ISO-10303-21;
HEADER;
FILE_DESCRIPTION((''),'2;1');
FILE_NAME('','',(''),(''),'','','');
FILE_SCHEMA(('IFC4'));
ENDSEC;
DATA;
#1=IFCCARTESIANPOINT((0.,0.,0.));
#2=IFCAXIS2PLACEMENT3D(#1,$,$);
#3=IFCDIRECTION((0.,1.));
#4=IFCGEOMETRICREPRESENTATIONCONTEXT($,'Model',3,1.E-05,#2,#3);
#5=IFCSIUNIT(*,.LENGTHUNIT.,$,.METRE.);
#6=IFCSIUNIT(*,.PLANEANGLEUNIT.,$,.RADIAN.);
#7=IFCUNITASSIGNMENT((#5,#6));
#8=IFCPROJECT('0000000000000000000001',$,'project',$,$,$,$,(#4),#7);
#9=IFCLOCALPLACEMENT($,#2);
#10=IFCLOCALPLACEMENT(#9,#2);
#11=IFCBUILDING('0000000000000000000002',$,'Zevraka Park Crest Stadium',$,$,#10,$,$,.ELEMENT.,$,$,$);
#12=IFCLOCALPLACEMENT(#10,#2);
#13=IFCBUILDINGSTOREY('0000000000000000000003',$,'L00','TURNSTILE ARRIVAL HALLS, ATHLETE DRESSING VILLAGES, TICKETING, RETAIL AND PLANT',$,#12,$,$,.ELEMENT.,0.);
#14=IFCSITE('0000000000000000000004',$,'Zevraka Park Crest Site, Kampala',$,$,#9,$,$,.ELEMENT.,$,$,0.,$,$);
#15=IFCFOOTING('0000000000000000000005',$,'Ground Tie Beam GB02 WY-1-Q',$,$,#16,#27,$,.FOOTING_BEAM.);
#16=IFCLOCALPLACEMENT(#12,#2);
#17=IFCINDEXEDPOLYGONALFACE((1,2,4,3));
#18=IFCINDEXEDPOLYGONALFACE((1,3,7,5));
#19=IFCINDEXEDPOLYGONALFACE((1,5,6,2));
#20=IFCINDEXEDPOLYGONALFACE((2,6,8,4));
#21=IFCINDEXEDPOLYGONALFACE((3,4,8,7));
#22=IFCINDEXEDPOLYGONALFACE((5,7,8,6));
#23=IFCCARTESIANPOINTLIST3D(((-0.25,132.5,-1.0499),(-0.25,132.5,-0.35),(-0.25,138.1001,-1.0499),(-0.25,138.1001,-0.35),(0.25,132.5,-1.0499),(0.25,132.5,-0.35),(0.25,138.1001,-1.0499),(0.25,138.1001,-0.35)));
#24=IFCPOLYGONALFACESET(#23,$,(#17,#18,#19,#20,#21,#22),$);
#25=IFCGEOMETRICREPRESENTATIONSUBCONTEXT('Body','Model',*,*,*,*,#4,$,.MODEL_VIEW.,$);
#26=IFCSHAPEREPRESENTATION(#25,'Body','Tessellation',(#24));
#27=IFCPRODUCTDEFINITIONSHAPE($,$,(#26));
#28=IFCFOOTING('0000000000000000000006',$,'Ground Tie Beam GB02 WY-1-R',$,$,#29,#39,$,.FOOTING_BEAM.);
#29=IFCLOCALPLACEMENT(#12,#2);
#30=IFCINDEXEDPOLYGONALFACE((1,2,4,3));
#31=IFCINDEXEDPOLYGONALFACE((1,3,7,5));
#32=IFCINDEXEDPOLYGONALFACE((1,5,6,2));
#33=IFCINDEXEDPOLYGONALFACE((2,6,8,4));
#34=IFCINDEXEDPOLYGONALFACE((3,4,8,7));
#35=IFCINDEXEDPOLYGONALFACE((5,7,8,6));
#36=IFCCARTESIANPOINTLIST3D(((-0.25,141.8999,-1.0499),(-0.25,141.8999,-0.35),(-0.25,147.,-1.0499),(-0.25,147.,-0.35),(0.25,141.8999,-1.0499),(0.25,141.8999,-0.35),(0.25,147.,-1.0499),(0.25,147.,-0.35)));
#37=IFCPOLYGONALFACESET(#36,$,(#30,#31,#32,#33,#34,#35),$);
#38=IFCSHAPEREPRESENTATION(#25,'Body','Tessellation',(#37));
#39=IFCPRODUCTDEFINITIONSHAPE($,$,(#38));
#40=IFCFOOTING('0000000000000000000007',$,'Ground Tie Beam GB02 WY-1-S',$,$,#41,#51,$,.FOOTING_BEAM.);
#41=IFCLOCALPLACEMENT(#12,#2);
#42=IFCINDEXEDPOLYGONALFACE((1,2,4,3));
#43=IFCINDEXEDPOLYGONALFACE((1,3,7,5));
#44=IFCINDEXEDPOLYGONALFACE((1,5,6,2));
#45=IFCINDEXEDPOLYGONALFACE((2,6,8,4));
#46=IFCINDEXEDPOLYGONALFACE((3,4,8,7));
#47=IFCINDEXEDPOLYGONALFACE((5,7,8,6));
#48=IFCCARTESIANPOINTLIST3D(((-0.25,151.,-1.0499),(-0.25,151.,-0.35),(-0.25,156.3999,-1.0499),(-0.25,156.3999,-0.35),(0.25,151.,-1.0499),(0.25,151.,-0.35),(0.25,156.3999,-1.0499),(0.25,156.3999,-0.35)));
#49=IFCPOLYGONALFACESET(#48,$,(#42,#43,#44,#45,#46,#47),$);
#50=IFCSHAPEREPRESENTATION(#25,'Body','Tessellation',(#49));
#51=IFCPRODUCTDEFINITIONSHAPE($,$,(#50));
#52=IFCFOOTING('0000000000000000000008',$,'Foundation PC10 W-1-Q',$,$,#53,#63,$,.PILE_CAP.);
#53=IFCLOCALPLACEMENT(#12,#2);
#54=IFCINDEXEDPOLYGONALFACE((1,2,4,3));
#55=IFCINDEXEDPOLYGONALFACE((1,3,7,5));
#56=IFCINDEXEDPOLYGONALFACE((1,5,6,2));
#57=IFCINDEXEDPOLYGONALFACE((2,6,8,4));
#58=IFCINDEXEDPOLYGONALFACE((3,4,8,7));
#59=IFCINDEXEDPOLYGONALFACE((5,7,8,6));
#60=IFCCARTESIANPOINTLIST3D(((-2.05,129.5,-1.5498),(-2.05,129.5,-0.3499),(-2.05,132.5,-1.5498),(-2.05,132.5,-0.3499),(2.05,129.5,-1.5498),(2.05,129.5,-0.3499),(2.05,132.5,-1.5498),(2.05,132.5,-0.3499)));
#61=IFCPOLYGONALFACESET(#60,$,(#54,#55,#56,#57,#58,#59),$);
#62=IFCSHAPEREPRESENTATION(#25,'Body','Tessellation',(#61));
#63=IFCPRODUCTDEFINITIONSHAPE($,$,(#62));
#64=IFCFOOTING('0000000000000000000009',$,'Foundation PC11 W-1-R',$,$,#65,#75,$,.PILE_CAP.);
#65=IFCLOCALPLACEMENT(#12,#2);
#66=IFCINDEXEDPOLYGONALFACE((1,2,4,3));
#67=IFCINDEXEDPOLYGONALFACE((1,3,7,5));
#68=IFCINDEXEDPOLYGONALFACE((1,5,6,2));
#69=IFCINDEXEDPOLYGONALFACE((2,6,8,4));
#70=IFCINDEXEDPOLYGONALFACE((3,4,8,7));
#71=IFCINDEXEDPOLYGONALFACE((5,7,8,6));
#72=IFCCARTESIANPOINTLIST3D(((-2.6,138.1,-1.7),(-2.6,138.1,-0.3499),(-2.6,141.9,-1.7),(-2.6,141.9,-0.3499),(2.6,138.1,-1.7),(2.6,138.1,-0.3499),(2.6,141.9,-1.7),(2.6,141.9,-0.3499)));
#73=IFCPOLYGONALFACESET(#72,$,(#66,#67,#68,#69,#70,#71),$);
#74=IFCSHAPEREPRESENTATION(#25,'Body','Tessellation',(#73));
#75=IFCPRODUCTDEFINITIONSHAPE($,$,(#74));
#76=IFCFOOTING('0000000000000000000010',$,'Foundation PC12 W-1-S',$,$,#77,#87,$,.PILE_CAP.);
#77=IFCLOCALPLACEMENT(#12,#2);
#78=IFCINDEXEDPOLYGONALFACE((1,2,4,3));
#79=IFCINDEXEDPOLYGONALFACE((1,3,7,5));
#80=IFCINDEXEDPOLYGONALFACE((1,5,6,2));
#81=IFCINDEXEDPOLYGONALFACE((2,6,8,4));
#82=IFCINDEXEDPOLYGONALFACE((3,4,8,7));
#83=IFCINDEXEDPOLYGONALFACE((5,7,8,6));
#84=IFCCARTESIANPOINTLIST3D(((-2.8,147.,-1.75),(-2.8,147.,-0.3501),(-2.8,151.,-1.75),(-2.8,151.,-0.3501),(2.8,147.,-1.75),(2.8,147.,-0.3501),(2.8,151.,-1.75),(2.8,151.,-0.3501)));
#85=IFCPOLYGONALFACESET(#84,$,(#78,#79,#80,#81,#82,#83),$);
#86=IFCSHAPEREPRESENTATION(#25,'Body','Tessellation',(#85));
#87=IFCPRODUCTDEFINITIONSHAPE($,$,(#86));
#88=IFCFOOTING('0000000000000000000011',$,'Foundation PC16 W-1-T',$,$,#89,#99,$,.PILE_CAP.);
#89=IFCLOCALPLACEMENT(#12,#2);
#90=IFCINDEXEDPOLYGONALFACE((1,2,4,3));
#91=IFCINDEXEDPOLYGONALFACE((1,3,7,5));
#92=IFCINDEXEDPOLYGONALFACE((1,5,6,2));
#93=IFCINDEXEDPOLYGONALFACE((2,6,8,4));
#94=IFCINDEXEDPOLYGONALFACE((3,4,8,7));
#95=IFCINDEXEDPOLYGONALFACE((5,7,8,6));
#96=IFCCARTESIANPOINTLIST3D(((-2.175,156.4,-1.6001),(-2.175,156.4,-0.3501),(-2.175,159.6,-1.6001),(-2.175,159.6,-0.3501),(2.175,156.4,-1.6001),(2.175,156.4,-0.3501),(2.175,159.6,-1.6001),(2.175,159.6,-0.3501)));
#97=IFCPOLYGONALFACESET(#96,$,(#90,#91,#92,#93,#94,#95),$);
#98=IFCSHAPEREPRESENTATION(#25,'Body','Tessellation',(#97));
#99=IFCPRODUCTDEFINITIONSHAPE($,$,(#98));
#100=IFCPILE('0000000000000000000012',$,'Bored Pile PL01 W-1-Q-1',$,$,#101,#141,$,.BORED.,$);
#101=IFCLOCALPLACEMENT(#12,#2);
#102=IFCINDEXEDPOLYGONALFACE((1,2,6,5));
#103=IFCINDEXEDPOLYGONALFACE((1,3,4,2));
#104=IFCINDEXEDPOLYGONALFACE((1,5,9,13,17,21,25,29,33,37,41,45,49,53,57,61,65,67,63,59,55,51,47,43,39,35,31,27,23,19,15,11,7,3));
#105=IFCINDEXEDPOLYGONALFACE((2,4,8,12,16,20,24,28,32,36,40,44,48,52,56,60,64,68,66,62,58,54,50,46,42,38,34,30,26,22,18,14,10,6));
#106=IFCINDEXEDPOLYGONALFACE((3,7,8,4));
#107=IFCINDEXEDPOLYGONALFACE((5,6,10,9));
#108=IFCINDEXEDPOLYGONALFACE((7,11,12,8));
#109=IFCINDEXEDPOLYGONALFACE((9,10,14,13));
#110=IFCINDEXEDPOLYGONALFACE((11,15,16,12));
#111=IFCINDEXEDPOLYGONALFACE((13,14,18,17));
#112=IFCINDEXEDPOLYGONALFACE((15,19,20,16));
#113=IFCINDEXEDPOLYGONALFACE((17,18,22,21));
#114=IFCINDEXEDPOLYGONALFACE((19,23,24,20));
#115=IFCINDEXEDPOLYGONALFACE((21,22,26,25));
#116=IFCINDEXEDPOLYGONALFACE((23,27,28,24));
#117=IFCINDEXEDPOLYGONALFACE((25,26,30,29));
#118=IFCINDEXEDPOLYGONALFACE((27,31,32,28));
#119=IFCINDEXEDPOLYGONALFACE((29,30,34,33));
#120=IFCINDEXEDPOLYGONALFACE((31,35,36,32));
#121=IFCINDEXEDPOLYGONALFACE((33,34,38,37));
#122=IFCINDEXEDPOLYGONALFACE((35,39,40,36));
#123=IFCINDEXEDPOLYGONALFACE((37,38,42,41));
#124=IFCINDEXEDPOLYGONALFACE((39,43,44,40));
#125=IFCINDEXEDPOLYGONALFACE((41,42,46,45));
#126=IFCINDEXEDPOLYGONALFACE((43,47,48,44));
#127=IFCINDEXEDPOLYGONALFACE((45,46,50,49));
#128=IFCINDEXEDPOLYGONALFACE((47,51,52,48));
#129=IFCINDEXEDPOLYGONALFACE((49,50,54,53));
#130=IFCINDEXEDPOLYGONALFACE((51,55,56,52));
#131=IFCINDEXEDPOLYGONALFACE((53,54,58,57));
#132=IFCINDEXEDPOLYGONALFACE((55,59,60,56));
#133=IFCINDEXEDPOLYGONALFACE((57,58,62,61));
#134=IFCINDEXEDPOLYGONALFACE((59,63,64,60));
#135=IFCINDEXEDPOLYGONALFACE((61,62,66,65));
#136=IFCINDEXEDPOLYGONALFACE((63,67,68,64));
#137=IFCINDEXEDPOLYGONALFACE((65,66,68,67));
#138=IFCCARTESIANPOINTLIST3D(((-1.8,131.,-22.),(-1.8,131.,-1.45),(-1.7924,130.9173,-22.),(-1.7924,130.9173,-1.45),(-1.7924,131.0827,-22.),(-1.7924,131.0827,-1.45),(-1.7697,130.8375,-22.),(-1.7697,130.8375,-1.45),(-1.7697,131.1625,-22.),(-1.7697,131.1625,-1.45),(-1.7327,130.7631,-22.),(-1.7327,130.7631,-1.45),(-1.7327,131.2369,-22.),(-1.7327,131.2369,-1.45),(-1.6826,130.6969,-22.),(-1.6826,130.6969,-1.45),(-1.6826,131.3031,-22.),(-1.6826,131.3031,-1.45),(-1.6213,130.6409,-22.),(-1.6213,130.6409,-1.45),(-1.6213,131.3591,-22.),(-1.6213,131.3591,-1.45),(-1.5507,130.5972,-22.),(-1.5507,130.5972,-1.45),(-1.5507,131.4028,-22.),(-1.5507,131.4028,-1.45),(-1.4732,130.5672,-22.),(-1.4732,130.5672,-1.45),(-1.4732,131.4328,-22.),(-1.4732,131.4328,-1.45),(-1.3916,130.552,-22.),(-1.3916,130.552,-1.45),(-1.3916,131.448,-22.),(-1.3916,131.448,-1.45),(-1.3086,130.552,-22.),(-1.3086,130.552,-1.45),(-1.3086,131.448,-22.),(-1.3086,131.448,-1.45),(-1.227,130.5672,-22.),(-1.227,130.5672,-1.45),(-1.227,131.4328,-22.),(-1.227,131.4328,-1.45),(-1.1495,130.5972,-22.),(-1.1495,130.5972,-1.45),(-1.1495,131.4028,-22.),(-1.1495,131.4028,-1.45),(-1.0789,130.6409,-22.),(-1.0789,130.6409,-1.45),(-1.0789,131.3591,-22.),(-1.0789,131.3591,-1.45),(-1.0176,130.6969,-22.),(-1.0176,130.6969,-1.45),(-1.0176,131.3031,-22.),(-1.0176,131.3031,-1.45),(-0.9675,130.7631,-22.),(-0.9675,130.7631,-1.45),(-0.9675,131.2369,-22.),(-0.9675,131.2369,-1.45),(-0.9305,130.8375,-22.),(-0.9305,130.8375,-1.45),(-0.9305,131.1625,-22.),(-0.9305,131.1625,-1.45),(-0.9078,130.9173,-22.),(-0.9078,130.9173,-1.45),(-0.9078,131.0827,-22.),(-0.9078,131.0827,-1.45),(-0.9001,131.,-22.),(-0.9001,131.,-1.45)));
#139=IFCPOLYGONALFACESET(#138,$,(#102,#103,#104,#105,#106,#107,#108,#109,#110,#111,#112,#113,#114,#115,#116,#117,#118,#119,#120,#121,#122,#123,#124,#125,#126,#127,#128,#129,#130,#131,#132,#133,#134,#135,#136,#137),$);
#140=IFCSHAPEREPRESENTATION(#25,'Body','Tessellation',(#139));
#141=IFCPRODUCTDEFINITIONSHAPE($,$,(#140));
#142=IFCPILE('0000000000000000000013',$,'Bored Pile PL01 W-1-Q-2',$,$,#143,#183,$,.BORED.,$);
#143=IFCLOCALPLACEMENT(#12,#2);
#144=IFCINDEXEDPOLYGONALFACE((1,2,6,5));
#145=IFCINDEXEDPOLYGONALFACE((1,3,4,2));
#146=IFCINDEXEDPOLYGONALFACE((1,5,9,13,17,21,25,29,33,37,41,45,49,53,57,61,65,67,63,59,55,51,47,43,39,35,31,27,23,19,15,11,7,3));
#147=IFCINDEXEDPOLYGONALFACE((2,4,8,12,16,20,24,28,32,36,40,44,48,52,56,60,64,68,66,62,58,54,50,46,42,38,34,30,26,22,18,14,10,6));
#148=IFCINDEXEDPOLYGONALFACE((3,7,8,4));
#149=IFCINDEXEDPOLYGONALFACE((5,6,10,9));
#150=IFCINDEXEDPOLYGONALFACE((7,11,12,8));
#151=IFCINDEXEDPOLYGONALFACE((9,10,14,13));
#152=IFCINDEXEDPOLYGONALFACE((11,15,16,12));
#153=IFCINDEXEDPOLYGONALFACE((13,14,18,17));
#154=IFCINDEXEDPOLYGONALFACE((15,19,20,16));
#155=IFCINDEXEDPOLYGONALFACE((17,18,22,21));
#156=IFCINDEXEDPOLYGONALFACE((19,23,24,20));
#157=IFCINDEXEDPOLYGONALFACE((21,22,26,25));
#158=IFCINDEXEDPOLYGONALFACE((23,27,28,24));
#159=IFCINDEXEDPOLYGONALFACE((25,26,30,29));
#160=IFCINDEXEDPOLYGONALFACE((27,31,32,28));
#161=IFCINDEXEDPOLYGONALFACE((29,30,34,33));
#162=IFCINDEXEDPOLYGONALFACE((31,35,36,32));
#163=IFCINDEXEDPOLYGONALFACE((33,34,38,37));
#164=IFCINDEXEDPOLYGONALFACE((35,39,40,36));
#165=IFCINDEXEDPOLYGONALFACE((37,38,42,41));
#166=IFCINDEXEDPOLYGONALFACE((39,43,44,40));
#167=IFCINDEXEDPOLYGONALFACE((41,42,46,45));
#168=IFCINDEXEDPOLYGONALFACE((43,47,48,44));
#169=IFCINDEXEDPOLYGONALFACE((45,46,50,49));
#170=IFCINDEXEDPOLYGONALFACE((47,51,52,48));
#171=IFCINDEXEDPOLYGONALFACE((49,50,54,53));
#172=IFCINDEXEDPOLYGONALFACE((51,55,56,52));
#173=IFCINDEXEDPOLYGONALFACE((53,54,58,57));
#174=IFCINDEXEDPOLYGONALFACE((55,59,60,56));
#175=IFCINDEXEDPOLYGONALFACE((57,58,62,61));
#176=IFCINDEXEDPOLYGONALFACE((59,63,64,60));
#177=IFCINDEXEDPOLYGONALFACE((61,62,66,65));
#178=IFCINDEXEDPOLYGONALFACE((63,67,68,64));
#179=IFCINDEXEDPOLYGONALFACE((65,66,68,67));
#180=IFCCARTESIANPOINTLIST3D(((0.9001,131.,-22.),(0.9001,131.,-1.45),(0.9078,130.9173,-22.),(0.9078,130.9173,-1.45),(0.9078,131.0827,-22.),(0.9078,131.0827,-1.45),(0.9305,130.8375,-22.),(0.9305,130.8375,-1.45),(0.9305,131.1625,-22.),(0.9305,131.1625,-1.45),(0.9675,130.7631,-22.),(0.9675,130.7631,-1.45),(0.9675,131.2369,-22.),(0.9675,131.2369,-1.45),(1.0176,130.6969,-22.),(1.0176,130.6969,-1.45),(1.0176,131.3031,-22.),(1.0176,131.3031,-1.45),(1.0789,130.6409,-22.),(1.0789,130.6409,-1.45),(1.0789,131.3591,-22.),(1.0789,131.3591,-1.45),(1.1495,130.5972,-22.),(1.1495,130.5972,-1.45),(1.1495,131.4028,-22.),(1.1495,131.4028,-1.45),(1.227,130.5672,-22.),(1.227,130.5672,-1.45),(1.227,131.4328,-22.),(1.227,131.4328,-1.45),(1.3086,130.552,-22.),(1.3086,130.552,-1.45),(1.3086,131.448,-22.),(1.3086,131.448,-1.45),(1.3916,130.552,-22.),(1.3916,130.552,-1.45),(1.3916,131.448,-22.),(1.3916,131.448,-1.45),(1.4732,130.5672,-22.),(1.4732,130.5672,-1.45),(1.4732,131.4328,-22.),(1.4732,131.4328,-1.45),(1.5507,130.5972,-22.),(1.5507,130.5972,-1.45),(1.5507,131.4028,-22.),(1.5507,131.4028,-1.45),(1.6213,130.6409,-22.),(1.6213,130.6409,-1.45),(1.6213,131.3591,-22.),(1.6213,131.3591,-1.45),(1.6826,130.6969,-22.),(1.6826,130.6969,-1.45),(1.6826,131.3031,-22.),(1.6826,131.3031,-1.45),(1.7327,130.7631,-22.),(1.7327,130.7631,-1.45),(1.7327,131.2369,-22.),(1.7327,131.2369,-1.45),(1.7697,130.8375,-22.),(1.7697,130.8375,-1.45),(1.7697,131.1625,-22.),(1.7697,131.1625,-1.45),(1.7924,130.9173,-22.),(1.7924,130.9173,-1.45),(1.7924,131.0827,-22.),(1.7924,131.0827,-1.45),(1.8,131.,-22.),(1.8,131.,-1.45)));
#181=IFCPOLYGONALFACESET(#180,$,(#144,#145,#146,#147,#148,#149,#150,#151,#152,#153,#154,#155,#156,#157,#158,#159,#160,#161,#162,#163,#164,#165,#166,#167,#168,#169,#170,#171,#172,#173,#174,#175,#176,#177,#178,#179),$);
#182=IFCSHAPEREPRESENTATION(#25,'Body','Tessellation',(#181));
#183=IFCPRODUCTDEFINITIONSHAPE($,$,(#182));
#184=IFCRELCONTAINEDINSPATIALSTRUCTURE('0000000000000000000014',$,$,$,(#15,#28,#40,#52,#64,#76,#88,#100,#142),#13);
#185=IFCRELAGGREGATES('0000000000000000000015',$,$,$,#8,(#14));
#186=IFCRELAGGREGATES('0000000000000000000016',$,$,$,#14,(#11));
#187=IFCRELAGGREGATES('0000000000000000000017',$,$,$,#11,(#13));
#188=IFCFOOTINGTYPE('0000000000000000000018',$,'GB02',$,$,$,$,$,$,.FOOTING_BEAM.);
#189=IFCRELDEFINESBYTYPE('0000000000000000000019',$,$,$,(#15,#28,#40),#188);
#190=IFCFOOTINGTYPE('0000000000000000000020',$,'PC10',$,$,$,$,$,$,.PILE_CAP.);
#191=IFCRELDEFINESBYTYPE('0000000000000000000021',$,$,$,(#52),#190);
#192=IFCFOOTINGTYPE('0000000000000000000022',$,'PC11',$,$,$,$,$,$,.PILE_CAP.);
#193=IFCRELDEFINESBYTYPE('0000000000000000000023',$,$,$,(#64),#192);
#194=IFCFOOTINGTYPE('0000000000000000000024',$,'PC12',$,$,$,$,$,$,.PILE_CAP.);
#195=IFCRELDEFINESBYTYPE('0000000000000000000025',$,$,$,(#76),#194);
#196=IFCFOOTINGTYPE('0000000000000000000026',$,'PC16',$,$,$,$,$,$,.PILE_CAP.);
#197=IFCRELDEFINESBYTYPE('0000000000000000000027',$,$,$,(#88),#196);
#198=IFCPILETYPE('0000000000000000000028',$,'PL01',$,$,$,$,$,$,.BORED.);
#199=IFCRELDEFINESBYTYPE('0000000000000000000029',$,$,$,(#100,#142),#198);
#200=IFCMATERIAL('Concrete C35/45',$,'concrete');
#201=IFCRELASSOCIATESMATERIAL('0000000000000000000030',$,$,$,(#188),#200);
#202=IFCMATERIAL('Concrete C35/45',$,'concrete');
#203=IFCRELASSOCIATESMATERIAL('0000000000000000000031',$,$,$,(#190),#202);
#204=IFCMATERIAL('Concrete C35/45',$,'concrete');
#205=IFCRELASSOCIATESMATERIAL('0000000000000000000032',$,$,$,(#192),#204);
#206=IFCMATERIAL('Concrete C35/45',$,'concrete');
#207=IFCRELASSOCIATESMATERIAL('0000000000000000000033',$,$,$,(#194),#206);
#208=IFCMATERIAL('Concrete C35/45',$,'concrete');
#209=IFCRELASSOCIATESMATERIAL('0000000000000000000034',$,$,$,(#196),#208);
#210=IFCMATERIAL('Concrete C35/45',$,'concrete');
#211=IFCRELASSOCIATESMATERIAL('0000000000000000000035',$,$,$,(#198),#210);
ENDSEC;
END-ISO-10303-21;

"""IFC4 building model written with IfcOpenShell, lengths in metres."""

from ifc_helpers import new_model, si_unit, direction, frame, origin, origin_2d, place, context, subcontext, project, spatial, rectangle, circle, extrude, material, material_profile, profile_set, type_object, element, save


model = new_model("IFC4")

# Units and contexts
model_context = context("Model", 3, precision=1e-05, world=origin(), true_north=direction((0.0, 1.0)))
body_context = subcontext(model_context, "Body", "Model", "MODEL_VIEW")
ifc_project = project(units=[si_unit("LENGTHUNIT", "METRE"), si_unit("PLANEANGLEUNIT", "RADIAN")], contexts=[model_context])

# Site, building, storey
site_placement = place(None, origin())
site = spatial("IfcSite", under=ifc_project, at=site_placement, Name="Zevraka Park Crest Site, Kampala", CompositionType="ELEMENT", RefElevation=0.0)
building_placement = place(site_placement, origin())
building = spatial("IfcBuilding", under=site, at=building_placement, Name="Zevraka Park Crest Stadium", CompositionType="ELEMENT")
storey_placement = place(building_placement, origin())
storey = spatial("IfcBuildingStorey", under=building, at=storey_placement, Name="L00", Description="TURNSTILE ARRIVAL HALLS, ATHLETE DRESSING VILLAGES, TICKETING, RETAIL AND PLANT", CompositionType="ELEMENT", Elevation=0.0)

# Footings
ifc_material_1 = material(Name="Concrete C35/45", Category="concrete")
ifc_material_profile_1 = material_profile(ifc_material_1, rectangle(XDim=0.5, YDim=0.7, at=origin_2d()), Name="GB 700x500")
ifc_profile_set_1 = profile_set([ifc_material_profile_1], Name="Concrete C35/45")
footing_type_1 = type_object("IfcFootingType", Name="GB02", PredefinedType="FOOTING_BEAM", material=ifc_profile_set_1)
footing_1_placement = place(storey_placement, frame((0.0, 132.5, -0.7), z_axis=(0.0, 1.0, 0.0), x_axis=(-1.0, 0.0, 0.0)))
element("IfcFooting", 1, at=footing_1_placement, inside=storey, type_object=footing_type_1, Name="Ground Tie Beam GB02 WY-1-Q", PredefinedType="FOOTING_BEAM", context=body_context, shape_type="SweptSolid", body=[
    extrude(rectangle(XDim=0.5, YDim=0.7, at=origin_2d()), origin(), (0.0, 0.0, 1.0), 5.6001),
])
footing_2_placement = place(storey_placement, frame((0.0, 141.8999, -0.7), z_axis=(0.0, 1.0, 0.0), x_axis=(-1.0, 0.0, 0.0)))
element("IfcFooting", 2, at=footing_2_placement, inside=storey, type_object=footing_type_1, Name="Ground Tie Beam GB02 WY-1-R", PredefinedType="FOOTING_BEAM", context=body_context, shape_type="SweptSolid", body=[
    extrude(rectangle(XDim=0.5, YDim=0.7, at=origin_2d()), origin(), (0.0, 0.0, 1.0), 5.1001),
])
footing_3_placement = place(storey_placement, frame((0.0, 151.0, -0.7), z_axis=(0.0, 1.0, 0.0), x_axis=(-1.0, 0.0, 0.0)))
element("IfcFooting", 3, at=footing_3_placement, inside=storey, type_object=footing_type_1, Name="Ground Tie Beam GB02 WY-1-S", PredefinedType="FOOTING_BEAM", context=body_context, shape_type="SweptSolid", body=[
    extrude(rectangle(XDim=0.5, YDim=0.7, at=origin_2d()), origin(), (0.0, 0.0, 1.0), 5.3999),
])
ifc_material_2 = material(Name="Concrete C35/45", Category="concrete")
footing_type_2 = type_object("IfcFootingType", Name="PC10", PredefinedType="PILE_CAP", material=ifc_material_2)
footing_4_placement = place(storey_placement, frame((0.0, 131.0, -1.5498), z_axis=(0.0, 0.0, 1.0), x_axis=(1.0, 0.0, 0.0)))
element("IfcFooting", 4, at=footing_4_placement, inside=storey, type_object=footing_type_2, Name="Foundation PC10 W-1-Q", PredefinedType="PILE_CAP", context=body_context, shape_type="SweptSolid", body=[
    extrude(rectangle(XDim=4.1001, YDim=3.0, at=origin_2d()), origin(), (0.0, 0.0, 1.0), 1.2),
])
ifc_material_3 = material(Name="Concrete C35/45", Category="concrete")
footing_type_3 = type_object("IfcFootingType", Name="PC11", PredefinedType="PILE_CAP", material=ifc_material_3)
footing_5_placement = place(storey_placement, frame((0.0, 140.0, -1.7), z_axis=(0.0, 0.0, 1.0), x_axis=(1.0, 0.0, 0.0)))
element("IfcFooting", 5, at=footing_5_placement, inside=storey, type_object=footing_type_3, Name="Foundation PC11 W-1-R", PredefinedType="PILE_CAP", context=body_context, shape_type="SweptSolid", body=[
    extrude(rectangle(XDim=5.2, YDim=3.8, at=origin_2d()), origin(), (0.0, 0.0, 1.0), 1.3501),
])
ifc_material_4 = material(Name="Concrete C35/45", Category="concrete")
footing_type_4 = type_object("IfcFootingType", Name="PC12", PredefinedType="PILE_CAP", material=ifc_material_4)
footing_6_placement = place(storey_placement, frame((0.0, 149.0, -1.75), z_axis=(0.0, 0.0, 1.0), x_axis=(1.0, 0.0, 0.0)))
element("IfcFooting", 6, at=footing_6_placement, inside=storey, type_object=footing_type_4, Name="Foundation PC12 W-1-S", PredefinedType="PILE_CAP", context=body_context, shape_type="SweptSolid", body=[
    extrude(rectangle(XDim=5.6001, YDim=4.0, at=origin_2d()), origin(), (0.0, 0.0, 1.0), 1.3999),
])
ifc_material_5 = material(Name="Concrete C35/45", Category="concrete")
footing_type_5 = type_object("IfcFootingType", Name="PC16", PredefinedType="PILE_CAP", material=ifc_material_5)
footing_7_placement = place(storey_placement, frame((0.0, 158.0, -1.6001), z_axis=(0.0, 0.0, 1.0), x_axis=(1.0, 0.0, 0.0)))
element("IfcFooting", 7, at=footing_7_placement, inside=storey, type_object=footing_type_5, Name="Foundation PC16 W-1-T", PredefinedType="PILE_CAP", context=body_context, shape_type="SweptSolid", body=[
    extrude(rectangle(XDim=4.3501, YDim=3.2, at=origin_2d()), origin(), (0.0, 0.0, 1.0), 1.25),
])

# Piles
ifc_material_6 = material(Name="Concrete C35/45", Category="concrete")
ifc_material_profile_2 = material_profile(ifc_material_6, circle(Radius=0.45, at=origin_2d()), Name="PILE D900")
ifc_profile_set_2 = profile_set([ifc_material_profile_2], Name="Concrete C35/45")
pile_type_1 = type_object("IfcPileType", Name="PL01", PredefinedType="BORED", material=ifc_profile_set_2)
for number, where, z_axis, x_axis, name in (
    (8, (-1.3501, 131.0, -1.45), (0.0, 0.0, -1.0), (1.0, 0.0, 0.0), "Bored Pile PL01 W-1-Q-1"),
    (9, (1.3501, 131.0, -1.45), (0.0, 0.0, -1.0), (1.0, 0.0, 0.0), "Bored Pile PL01 W-1-Q-2"),
):
    element("IfcPile", number, at=place(storey_placement, frame(where, z_axis=z_axis, x_axis=x_axis)), inside=storey, type_object=pile_type_1, Name=name, PredefinedType="BORED", context=body_context, shape_type="SweptSolid", body=[
        extrude(circle(Radius=0.45, at=origin_2d()), origin(), (0.0, 0.0, 1.0), 20.55),
    ])

save(model, "model.ifc")
